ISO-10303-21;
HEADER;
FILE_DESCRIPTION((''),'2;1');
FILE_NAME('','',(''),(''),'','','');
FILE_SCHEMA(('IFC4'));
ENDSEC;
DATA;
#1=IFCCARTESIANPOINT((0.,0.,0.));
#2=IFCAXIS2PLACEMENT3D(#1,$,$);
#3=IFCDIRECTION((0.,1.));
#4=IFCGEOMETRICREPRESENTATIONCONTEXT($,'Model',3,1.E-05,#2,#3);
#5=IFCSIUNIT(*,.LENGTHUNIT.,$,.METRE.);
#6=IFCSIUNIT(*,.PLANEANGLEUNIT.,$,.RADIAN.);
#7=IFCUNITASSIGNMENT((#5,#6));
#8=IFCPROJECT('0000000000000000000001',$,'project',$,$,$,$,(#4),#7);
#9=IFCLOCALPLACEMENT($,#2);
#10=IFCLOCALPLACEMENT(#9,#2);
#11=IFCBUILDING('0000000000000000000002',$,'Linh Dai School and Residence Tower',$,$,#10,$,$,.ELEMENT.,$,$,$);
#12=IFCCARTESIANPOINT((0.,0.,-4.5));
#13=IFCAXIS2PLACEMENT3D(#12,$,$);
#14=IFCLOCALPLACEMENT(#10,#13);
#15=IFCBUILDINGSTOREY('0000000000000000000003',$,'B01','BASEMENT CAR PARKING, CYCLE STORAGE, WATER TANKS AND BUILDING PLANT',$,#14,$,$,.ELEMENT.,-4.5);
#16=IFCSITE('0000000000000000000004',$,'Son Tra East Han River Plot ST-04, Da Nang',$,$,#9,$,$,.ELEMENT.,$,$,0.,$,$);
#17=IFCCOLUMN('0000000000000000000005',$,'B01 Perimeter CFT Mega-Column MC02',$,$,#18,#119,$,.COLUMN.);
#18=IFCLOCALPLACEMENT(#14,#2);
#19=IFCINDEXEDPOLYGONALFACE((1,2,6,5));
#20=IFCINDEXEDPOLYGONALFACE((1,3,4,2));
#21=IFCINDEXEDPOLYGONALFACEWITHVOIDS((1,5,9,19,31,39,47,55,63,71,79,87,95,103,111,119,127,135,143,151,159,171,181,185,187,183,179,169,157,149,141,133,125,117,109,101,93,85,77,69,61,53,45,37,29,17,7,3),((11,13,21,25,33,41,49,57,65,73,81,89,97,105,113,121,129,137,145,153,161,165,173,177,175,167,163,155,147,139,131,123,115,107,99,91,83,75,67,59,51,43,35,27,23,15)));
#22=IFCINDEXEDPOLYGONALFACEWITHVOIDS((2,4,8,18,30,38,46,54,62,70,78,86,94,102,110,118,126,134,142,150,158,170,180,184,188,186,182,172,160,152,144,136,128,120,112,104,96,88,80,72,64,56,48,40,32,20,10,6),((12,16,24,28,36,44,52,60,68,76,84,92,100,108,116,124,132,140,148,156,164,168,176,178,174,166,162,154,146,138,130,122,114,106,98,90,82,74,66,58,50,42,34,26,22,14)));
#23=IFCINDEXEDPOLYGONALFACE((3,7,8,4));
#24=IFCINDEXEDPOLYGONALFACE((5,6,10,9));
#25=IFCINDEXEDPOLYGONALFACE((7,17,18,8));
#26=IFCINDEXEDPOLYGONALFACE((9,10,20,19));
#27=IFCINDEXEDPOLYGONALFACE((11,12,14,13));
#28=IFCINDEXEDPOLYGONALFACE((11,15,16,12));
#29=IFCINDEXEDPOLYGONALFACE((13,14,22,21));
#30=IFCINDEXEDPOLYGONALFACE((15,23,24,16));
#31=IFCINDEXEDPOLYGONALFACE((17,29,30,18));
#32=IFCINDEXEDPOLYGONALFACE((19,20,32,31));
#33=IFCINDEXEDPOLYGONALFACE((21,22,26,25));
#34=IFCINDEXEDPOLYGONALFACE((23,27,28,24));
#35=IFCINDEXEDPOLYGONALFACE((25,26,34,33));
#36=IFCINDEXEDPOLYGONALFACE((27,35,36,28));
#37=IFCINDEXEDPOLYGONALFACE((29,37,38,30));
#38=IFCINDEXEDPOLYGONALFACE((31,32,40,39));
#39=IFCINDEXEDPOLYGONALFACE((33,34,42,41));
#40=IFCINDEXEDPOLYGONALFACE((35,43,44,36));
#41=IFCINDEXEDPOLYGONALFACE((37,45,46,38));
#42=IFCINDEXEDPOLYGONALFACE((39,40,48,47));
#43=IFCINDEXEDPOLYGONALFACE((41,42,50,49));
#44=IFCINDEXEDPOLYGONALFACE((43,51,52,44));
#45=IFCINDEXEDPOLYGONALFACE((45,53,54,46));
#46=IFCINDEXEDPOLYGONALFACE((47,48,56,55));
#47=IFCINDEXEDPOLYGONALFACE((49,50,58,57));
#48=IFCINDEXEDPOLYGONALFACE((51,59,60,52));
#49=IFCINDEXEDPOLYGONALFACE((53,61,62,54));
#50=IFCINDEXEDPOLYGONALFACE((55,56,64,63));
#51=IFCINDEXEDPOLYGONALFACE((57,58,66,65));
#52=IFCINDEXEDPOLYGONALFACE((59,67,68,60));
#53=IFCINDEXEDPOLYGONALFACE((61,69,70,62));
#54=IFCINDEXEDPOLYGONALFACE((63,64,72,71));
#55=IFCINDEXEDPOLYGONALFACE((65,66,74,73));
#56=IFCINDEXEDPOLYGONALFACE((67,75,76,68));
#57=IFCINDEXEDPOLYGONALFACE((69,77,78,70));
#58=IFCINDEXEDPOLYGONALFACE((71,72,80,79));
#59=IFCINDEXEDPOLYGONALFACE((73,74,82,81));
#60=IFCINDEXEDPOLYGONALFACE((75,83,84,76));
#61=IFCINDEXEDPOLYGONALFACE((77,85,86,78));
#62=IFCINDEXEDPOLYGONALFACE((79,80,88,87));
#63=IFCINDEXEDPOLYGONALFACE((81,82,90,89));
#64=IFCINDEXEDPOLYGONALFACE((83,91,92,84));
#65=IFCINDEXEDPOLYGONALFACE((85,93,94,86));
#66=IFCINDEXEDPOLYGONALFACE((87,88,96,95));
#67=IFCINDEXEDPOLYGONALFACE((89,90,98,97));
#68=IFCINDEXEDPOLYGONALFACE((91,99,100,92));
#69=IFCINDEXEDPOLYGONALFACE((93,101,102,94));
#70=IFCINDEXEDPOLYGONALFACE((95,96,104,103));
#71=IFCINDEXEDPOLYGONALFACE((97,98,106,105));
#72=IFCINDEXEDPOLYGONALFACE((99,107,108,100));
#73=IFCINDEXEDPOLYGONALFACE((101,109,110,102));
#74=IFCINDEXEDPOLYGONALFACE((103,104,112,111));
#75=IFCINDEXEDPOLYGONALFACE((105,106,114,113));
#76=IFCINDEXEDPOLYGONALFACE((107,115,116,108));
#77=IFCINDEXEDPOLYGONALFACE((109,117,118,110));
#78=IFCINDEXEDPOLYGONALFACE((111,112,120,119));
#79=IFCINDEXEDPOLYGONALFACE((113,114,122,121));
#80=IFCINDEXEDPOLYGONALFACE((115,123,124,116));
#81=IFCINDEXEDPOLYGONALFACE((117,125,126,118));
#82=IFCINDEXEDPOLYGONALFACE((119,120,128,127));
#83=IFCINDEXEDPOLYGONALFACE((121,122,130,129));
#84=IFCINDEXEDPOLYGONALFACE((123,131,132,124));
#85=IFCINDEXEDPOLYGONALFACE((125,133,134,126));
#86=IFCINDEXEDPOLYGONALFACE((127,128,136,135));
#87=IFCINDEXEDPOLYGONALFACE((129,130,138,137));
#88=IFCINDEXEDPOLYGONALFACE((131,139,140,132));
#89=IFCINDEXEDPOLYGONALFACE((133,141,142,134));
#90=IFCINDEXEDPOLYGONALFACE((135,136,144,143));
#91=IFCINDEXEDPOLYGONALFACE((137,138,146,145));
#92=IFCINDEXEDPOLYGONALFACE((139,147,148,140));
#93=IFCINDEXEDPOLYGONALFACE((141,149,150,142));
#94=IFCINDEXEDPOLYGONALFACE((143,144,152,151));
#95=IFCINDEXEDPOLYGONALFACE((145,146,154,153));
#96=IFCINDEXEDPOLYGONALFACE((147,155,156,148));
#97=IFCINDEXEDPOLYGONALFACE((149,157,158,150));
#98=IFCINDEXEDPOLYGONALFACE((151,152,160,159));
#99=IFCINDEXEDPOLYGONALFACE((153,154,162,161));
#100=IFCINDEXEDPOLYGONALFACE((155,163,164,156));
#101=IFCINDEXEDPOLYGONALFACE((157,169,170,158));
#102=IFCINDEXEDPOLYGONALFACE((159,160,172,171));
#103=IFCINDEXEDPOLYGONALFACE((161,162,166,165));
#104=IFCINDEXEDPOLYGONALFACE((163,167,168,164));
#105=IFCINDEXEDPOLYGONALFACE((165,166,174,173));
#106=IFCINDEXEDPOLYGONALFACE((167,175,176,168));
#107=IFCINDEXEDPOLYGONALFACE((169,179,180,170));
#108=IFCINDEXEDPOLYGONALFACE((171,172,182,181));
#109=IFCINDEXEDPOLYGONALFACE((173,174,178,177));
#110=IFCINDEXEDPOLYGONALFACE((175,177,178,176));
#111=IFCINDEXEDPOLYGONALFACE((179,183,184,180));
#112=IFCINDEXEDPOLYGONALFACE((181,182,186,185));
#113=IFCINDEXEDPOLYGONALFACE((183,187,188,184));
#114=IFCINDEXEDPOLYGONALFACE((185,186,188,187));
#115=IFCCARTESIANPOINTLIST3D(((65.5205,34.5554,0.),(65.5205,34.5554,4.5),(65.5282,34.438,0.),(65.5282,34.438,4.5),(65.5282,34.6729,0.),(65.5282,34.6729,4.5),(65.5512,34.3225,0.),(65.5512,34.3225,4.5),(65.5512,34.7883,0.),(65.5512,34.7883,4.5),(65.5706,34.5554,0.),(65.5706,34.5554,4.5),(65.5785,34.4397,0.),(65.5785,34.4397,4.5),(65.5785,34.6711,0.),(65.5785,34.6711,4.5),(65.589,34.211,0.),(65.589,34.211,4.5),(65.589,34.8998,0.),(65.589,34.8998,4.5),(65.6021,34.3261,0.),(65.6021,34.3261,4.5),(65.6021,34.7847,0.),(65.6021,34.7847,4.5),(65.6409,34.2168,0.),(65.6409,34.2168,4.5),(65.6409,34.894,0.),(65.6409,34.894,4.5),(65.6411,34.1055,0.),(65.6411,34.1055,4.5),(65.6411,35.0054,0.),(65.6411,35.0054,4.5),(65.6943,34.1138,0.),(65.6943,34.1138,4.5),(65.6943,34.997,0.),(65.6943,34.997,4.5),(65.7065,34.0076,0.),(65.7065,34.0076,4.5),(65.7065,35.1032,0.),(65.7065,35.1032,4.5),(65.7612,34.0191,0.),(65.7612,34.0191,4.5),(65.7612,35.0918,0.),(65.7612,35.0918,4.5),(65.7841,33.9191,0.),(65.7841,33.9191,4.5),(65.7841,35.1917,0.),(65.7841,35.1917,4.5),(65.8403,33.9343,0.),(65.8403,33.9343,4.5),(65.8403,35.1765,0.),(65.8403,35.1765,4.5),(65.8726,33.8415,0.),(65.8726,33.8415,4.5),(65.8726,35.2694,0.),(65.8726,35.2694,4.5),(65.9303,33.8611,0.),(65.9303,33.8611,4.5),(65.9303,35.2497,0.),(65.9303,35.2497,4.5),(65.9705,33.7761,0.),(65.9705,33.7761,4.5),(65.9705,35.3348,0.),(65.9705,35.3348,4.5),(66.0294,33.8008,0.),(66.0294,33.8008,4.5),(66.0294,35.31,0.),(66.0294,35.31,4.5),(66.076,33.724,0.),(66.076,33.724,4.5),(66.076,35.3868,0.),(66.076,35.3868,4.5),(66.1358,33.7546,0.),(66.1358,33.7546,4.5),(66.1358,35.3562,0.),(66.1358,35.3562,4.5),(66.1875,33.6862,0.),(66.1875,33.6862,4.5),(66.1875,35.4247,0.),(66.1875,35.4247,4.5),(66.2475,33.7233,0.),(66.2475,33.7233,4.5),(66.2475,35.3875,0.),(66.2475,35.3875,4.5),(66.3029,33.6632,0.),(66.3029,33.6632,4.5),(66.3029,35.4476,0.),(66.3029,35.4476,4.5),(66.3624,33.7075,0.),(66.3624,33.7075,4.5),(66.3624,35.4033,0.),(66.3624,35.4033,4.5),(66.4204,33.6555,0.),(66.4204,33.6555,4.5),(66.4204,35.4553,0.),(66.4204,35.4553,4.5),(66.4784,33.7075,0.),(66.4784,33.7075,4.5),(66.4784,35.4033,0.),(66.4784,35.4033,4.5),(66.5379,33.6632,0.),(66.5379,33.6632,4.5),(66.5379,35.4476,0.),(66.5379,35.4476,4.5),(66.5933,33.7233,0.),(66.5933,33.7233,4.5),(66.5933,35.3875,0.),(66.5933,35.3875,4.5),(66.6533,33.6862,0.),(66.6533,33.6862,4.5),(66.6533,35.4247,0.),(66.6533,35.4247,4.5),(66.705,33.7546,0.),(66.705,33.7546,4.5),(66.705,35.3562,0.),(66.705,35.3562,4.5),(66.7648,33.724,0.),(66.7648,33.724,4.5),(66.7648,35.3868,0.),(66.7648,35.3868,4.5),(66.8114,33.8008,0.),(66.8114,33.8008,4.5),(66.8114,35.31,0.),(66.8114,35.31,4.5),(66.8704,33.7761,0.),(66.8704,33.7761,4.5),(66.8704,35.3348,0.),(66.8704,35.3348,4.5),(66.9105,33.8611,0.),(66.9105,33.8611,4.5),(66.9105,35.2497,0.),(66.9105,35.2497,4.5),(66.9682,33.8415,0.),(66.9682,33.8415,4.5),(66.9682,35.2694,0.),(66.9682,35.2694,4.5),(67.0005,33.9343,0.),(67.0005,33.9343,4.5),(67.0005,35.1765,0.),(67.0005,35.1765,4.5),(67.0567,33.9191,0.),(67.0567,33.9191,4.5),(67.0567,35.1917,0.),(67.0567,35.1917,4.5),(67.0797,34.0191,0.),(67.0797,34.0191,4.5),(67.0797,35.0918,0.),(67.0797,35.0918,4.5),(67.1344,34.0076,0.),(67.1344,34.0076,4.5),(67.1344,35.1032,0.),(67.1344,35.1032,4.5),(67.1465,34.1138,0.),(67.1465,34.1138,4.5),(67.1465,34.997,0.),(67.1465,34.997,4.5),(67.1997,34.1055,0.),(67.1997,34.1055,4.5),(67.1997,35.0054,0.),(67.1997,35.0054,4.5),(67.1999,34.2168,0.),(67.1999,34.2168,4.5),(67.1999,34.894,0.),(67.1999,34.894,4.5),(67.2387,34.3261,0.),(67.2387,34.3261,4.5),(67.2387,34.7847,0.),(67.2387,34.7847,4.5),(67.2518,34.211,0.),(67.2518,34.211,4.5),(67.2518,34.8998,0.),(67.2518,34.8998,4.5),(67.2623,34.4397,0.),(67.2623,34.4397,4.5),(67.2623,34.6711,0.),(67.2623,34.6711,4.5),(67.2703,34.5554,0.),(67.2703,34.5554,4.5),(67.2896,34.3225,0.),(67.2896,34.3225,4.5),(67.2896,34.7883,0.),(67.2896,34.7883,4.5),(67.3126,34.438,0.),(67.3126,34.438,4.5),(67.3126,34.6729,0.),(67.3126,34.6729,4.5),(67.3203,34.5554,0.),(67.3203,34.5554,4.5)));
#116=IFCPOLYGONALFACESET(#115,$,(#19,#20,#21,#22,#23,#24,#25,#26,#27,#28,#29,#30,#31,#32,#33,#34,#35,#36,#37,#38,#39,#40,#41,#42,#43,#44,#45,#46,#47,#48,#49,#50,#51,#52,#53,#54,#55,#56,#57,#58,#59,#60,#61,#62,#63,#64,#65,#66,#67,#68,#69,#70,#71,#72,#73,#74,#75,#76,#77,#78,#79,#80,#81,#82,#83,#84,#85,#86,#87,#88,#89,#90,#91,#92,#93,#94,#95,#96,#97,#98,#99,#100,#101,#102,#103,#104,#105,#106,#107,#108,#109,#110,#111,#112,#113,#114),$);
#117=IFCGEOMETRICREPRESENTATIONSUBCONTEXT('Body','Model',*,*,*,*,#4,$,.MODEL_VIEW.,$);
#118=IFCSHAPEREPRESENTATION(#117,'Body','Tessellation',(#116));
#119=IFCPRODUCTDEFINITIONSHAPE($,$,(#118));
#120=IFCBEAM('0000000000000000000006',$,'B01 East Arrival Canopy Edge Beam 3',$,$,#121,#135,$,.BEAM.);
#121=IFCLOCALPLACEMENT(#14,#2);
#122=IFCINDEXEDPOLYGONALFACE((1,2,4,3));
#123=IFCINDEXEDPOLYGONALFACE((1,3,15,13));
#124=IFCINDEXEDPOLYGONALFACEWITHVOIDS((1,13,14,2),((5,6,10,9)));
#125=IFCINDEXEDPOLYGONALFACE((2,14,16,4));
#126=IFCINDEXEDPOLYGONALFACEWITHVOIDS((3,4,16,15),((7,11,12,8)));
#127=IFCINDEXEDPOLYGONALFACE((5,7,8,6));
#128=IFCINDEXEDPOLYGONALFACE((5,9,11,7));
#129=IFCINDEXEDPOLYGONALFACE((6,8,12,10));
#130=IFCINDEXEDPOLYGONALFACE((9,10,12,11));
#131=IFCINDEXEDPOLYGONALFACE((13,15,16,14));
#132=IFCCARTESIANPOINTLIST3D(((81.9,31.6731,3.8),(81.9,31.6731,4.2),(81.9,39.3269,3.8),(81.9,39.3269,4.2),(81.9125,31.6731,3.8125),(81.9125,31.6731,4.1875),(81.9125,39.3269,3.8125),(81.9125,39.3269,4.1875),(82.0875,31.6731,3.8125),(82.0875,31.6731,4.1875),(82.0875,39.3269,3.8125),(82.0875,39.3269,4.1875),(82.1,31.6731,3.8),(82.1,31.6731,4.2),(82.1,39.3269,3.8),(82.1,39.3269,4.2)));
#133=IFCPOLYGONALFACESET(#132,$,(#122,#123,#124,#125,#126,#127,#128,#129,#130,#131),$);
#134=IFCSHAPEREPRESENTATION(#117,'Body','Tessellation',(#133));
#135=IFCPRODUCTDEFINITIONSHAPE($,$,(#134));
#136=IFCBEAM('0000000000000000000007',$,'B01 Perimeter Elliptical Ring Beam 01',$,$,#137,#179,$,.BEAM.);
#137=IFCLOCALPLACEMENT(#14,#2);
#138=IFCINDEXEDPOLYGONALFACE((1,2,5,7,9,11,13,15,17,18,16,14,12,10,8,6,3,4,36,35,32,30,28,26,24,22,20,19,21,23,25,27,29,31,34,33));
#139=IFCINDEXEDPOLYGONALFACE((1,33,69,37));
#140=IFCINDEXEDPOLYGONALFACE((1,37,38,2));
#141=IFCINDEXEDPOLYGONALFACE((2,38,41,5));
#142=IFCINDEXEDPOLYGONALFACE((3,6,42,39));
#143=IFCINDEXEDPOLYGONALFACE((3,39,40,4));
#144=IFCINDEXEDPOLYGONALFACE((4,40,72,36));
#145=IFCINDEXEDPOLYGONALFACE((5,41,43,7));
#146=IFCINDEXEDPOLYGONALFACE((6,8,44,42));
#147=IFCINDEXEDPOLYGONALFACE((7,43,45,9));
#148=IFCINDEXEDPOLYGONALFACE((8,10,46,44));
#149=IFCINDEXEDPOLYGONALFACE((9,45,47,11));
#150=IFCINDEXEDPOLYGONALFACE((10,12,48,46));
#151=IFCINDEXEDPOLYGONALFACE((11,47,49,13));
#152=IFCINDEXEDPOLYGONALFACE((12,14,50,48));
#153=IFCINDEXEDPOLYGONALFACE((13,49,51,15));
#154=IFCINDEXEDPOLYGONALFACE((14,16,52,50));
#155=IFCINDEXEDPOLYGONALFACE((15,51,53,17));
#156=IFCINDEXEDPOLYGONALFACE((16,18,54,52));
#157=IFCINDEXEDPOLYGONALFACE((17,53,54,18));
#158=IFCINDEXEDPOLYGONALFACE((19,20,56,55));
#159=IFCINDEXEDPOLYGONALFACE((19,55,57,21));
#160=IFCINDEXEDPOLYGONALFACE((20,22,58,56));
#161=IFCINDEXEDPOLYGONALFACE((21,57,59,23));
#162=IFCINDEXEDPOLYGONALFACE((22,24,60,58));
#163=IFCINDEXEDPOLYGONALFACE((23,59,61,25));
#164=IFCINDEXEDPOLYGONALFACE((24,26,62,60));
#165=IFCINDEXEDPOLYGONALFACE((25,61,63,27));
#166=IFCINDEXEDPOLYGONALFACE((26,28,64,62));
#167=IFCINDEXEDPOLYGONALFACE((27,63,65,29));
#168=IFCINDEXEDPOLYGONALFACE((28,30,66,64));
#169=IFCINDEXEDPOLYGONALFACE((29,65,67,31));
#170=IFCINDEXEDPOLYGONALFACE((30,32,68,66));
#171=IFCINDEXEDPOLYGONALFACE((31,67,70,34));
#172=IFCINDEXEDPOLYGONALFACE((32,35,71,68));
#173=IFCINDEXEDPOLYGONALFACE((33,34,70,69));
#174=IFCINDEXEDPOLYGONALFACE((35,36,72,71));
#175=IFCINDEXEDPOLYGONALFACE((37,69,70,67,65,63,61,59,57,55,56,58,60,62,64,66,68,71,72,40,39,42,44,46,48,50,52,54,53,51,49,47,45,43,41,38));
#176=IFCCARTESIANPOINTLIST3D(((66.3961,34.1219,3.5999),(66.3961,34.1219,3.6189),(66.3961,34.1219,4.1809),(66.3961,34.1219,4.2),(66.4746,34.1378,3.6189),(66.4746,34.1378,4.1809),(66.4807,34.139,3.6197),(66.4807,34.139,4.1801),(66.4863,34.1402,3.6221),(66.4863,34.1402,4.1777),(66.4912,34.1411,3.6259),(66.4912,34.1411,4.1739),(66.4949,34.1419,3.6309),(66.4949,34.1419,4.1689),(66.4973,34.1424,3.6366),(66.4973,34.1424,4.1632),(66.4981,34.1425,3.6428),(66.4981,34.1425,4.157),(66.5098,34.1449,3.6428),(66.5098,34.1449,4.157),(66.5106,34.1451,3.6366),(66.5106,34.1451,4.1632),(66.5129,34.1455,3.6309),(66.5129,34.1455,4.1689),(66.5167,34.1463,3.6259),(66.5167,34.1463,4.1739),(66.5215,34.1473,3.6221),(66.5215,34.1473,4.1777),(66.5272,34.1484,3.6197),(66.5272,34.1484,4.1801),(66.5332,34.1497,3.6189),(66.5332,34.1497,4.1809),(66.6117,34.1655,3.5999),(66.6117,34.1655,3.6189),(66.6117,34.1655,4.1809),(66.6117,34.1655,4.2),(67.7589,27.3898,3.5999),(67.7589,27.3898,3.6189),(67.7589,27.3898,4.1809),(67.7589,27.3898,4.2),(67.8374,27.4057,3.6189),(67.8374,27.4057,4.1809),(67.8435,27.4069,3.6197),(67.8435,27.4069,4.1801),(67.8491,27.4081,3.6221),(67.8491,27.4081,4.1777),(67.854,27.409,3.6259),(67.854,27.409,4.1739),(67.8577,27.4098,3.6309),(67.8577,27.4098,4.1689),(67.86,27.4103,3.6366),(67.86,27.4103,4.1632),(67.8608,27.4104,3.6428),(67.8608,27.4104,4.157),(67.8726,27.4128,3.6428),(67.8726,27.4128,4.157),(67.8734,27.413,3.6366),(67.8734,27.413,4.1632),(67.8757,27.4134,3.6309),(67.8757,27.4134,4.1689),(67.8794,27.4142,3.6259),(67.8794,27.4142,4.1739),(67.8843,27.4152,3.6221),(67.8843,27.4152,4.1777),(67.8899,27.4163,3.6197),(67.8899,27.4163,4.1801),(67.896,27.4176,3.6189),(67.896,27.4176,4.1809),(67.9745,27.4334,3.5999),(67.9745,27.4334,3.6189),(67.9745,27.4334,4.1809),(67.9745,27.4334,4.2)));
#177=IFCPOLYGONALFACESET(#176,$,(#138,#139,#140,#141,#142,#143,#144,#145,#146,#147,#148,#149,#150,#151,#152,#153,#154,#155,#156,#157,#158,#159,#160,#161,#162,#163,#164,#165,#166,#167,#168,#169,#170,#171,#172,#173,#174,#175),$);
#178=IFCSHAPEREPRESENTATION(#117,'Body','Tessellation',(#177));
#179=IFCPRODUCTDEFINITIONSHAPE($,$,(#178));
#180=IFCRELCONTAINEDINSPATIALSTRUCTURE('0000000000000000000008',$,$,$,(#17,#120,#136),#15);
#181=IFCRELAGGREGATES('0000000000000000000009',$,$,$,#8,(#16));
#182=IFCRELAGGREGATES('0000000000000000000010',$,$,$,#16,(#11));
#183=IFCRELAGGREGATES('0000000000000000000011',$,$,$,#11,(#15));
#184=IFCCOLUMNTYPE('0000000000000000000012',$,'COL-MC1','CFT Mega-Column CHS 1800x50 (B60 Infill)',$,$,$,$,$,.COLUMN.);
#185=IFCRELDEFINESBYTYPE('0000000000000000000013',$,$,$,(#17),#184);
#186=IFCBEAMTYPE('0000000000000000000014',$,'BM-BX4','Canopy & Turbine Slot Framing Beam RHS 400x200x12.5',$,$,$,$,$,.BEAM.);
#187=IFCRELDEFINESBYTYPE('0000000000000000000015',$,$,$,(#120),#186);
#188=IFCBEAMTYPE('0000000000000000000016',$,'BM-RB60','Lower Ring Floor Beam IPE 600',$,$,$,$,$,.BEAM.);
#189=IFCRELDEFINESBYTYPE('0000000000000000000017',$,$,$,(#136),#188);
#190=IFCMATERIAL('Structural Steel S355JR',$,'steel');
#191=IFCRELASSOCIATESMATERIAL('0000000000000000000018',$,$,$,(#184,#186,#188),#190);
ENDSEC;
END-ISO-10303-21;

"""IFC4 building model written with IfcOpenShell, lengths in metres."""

from ifc_helpers import new_model, si_unit, direction, frame, origin, origin_2d, place, context, subcontext, project, spatial, hollow_rectangle, hollow_circle, i_section, extrude, material, material_profile, profile_set, type_object, element, save


model = new_model("IFC4")

# Units and contexts
model_context = context("Model", 3, precision=1e-05, world=origin(), true_north=direction((0.0, 1.0)))
body_context = subcontext(model_context, "Body", "Model", "MODEL_VIEW")
ifc_project = project(units=[si_unit("LENGTHUNIT", "METRE"), si_unit("PLANEANGLEUNIT", "RADIAN")], contexts=[model_context])

# Site, building, storey
site_placement = place(None, origin())
site = spatial("IfcSite", under=ifc_project, at=site_placement, Name="Son Tra East Han River Plot ST-04, Da Nang", CompositionType="ELEMENT", RefElevation=0.0)
building_placement = place(site_placement, origin())
building = spatial("IfcBuilding", under=site, at=building_placement, Name="Linh Dai School and Residence Tower", CompositionType="ELEMENT")
storey_placement = place(building_placement, frame((0.0, 0.0, -4.5)))
storey = spatial("IfcBuildingStorey", under=building, at=storey_placement, Name="B01", Description="BASEMENT CAR PARKING, CYCLE STORAGE, WATER TANKS AND BUILDING PLANT", CompositionType="ELEMENT", Elevation=-4.5)

# Column
ifc_material_1 = material(Name="Structural Steel S355JR", Category="steel")
ifc_material_profile_1 = material_profile(ifc_material_1, hollow_circle(Radius=0.8999, WallThickness=0.05, at=origin_2d()), Name="CHS 1800x50")
ifc_profile_set_1 = profile_set([ifc_material_profile_1], Name="Structural Steel S355JR")
column_type_1 = type_object("IfcColumnType", Name="COL-MC1", Description="CFT Mega-Column CHS 1800x50 (B60 Infill)", PredefinedType="COLUMN", material=ifc_profile_set_1)
for number, where, z_axis, x_axis, name in (
    (1, (66.4204, 34.5554, 0.0), (0.0, 0.0, 1.0), (1.0, 0.0, 0.0), "B01 Perimeter CFT Mega-Column MC02"),
):
    element("IfcColumn", number, at=place(storey_placement, frame(where, z_axis=z_axis, x_axis=x_axis)), inside=storey, type_object=column_type_1, Name=name, PredefinedType="COLUMN", context=body_context, shape_type="SweptSolid", body=[
        extrude(hollow_circle(Radius=0.8999, WallThickness=0.05, at=origin_2d()), origin(), (0.0, 0.0, 1.0), 4.5),
    ])

# Beams
ifc_material_profile_2 = material_profile(ifc_material_1, hollow_rectangle(XDim=0.2, YDim=0.3999, WallThickness=0.0125, at=origin_2d()), Name="RHS 400x200x12.5")
ifc_profile_set_2 = profile_set([ifc_material_profile_2], Name="Structural Steel S355JR")
beam_type_1 = type_object("IfcBeamType", Name="BM-BX4", Description="Canopy & Turbine Slot Framing Beam RHS 400x200x12.5", PredefinedType="BEAM", material=ifc_profile_set_2)
beam_1_placement = place(storey_placement, frame((82.0, 31.6731, 4.0), z_axis=(0.0, 1.0, 0.0), x_axis=(-1.0, 0.0, 0.0)))
element("IfcBeam", 2, at=beam_1_placement, inside=storey, type_object=beam_type_1, Name="B01 East Arrival Canopy Edge Beam 3", PredefinedType="BEAM", context=body_context, shape_type="SweptSolid", body=[
    extrude(hollow_rectangle(XDim=0.2, YDim=0.3999, WallThickness=0.0125, at=origin_2d()), origin(), (0.0, 0.0, 1.0), 7.6538),
])
ifc_material_profile_3 = material_profile(ifc_material_1, i_section(OverallWidth=0.22, OverallDepth=0.6001, WebThickness=0.012, FlangeThickness=0.019, FilletRadius=0.0239, at=origin_2d()), Name="IPE 600")
ifc_profile_set_3 = profile_set([ifc_material_profile_3], Name="Structural Steel S355JR")
beam_type_2 = type_object("IfcBeamType", Name="BM-RB60", Description="Lower Ring Floor Beam IPE 600", PredefinedType="BEAM", material=ifc_profile_set_3)
beam_2_placement = place(storey_placement, frame((67.8667, 27.4116, 3.8999), z_axis=(-0.198405, 0.98012, 0.0), x_axis=(-0.98012, -0.198405, 0.0)))
element("IfcBeam", 3, at=beam_2_placement, inside=storey, type_object=beam_type_2, Name="B01 Perimeter Elliptical Ring Beam 01", PredefinedType="BEAM", context=body_context, shape_type="SweptSolid", body=[
    extrude(i_section(OverallWidth=0.22, OverallDepth=0.6001, WebThickness=0.012, FlangeThickness=0.019, FilletRadius=0.0239, at=origin_2d()), origin(), (0.0, 0.0, 1.0), 6.8687),
])

save(model, "model.ifc")
